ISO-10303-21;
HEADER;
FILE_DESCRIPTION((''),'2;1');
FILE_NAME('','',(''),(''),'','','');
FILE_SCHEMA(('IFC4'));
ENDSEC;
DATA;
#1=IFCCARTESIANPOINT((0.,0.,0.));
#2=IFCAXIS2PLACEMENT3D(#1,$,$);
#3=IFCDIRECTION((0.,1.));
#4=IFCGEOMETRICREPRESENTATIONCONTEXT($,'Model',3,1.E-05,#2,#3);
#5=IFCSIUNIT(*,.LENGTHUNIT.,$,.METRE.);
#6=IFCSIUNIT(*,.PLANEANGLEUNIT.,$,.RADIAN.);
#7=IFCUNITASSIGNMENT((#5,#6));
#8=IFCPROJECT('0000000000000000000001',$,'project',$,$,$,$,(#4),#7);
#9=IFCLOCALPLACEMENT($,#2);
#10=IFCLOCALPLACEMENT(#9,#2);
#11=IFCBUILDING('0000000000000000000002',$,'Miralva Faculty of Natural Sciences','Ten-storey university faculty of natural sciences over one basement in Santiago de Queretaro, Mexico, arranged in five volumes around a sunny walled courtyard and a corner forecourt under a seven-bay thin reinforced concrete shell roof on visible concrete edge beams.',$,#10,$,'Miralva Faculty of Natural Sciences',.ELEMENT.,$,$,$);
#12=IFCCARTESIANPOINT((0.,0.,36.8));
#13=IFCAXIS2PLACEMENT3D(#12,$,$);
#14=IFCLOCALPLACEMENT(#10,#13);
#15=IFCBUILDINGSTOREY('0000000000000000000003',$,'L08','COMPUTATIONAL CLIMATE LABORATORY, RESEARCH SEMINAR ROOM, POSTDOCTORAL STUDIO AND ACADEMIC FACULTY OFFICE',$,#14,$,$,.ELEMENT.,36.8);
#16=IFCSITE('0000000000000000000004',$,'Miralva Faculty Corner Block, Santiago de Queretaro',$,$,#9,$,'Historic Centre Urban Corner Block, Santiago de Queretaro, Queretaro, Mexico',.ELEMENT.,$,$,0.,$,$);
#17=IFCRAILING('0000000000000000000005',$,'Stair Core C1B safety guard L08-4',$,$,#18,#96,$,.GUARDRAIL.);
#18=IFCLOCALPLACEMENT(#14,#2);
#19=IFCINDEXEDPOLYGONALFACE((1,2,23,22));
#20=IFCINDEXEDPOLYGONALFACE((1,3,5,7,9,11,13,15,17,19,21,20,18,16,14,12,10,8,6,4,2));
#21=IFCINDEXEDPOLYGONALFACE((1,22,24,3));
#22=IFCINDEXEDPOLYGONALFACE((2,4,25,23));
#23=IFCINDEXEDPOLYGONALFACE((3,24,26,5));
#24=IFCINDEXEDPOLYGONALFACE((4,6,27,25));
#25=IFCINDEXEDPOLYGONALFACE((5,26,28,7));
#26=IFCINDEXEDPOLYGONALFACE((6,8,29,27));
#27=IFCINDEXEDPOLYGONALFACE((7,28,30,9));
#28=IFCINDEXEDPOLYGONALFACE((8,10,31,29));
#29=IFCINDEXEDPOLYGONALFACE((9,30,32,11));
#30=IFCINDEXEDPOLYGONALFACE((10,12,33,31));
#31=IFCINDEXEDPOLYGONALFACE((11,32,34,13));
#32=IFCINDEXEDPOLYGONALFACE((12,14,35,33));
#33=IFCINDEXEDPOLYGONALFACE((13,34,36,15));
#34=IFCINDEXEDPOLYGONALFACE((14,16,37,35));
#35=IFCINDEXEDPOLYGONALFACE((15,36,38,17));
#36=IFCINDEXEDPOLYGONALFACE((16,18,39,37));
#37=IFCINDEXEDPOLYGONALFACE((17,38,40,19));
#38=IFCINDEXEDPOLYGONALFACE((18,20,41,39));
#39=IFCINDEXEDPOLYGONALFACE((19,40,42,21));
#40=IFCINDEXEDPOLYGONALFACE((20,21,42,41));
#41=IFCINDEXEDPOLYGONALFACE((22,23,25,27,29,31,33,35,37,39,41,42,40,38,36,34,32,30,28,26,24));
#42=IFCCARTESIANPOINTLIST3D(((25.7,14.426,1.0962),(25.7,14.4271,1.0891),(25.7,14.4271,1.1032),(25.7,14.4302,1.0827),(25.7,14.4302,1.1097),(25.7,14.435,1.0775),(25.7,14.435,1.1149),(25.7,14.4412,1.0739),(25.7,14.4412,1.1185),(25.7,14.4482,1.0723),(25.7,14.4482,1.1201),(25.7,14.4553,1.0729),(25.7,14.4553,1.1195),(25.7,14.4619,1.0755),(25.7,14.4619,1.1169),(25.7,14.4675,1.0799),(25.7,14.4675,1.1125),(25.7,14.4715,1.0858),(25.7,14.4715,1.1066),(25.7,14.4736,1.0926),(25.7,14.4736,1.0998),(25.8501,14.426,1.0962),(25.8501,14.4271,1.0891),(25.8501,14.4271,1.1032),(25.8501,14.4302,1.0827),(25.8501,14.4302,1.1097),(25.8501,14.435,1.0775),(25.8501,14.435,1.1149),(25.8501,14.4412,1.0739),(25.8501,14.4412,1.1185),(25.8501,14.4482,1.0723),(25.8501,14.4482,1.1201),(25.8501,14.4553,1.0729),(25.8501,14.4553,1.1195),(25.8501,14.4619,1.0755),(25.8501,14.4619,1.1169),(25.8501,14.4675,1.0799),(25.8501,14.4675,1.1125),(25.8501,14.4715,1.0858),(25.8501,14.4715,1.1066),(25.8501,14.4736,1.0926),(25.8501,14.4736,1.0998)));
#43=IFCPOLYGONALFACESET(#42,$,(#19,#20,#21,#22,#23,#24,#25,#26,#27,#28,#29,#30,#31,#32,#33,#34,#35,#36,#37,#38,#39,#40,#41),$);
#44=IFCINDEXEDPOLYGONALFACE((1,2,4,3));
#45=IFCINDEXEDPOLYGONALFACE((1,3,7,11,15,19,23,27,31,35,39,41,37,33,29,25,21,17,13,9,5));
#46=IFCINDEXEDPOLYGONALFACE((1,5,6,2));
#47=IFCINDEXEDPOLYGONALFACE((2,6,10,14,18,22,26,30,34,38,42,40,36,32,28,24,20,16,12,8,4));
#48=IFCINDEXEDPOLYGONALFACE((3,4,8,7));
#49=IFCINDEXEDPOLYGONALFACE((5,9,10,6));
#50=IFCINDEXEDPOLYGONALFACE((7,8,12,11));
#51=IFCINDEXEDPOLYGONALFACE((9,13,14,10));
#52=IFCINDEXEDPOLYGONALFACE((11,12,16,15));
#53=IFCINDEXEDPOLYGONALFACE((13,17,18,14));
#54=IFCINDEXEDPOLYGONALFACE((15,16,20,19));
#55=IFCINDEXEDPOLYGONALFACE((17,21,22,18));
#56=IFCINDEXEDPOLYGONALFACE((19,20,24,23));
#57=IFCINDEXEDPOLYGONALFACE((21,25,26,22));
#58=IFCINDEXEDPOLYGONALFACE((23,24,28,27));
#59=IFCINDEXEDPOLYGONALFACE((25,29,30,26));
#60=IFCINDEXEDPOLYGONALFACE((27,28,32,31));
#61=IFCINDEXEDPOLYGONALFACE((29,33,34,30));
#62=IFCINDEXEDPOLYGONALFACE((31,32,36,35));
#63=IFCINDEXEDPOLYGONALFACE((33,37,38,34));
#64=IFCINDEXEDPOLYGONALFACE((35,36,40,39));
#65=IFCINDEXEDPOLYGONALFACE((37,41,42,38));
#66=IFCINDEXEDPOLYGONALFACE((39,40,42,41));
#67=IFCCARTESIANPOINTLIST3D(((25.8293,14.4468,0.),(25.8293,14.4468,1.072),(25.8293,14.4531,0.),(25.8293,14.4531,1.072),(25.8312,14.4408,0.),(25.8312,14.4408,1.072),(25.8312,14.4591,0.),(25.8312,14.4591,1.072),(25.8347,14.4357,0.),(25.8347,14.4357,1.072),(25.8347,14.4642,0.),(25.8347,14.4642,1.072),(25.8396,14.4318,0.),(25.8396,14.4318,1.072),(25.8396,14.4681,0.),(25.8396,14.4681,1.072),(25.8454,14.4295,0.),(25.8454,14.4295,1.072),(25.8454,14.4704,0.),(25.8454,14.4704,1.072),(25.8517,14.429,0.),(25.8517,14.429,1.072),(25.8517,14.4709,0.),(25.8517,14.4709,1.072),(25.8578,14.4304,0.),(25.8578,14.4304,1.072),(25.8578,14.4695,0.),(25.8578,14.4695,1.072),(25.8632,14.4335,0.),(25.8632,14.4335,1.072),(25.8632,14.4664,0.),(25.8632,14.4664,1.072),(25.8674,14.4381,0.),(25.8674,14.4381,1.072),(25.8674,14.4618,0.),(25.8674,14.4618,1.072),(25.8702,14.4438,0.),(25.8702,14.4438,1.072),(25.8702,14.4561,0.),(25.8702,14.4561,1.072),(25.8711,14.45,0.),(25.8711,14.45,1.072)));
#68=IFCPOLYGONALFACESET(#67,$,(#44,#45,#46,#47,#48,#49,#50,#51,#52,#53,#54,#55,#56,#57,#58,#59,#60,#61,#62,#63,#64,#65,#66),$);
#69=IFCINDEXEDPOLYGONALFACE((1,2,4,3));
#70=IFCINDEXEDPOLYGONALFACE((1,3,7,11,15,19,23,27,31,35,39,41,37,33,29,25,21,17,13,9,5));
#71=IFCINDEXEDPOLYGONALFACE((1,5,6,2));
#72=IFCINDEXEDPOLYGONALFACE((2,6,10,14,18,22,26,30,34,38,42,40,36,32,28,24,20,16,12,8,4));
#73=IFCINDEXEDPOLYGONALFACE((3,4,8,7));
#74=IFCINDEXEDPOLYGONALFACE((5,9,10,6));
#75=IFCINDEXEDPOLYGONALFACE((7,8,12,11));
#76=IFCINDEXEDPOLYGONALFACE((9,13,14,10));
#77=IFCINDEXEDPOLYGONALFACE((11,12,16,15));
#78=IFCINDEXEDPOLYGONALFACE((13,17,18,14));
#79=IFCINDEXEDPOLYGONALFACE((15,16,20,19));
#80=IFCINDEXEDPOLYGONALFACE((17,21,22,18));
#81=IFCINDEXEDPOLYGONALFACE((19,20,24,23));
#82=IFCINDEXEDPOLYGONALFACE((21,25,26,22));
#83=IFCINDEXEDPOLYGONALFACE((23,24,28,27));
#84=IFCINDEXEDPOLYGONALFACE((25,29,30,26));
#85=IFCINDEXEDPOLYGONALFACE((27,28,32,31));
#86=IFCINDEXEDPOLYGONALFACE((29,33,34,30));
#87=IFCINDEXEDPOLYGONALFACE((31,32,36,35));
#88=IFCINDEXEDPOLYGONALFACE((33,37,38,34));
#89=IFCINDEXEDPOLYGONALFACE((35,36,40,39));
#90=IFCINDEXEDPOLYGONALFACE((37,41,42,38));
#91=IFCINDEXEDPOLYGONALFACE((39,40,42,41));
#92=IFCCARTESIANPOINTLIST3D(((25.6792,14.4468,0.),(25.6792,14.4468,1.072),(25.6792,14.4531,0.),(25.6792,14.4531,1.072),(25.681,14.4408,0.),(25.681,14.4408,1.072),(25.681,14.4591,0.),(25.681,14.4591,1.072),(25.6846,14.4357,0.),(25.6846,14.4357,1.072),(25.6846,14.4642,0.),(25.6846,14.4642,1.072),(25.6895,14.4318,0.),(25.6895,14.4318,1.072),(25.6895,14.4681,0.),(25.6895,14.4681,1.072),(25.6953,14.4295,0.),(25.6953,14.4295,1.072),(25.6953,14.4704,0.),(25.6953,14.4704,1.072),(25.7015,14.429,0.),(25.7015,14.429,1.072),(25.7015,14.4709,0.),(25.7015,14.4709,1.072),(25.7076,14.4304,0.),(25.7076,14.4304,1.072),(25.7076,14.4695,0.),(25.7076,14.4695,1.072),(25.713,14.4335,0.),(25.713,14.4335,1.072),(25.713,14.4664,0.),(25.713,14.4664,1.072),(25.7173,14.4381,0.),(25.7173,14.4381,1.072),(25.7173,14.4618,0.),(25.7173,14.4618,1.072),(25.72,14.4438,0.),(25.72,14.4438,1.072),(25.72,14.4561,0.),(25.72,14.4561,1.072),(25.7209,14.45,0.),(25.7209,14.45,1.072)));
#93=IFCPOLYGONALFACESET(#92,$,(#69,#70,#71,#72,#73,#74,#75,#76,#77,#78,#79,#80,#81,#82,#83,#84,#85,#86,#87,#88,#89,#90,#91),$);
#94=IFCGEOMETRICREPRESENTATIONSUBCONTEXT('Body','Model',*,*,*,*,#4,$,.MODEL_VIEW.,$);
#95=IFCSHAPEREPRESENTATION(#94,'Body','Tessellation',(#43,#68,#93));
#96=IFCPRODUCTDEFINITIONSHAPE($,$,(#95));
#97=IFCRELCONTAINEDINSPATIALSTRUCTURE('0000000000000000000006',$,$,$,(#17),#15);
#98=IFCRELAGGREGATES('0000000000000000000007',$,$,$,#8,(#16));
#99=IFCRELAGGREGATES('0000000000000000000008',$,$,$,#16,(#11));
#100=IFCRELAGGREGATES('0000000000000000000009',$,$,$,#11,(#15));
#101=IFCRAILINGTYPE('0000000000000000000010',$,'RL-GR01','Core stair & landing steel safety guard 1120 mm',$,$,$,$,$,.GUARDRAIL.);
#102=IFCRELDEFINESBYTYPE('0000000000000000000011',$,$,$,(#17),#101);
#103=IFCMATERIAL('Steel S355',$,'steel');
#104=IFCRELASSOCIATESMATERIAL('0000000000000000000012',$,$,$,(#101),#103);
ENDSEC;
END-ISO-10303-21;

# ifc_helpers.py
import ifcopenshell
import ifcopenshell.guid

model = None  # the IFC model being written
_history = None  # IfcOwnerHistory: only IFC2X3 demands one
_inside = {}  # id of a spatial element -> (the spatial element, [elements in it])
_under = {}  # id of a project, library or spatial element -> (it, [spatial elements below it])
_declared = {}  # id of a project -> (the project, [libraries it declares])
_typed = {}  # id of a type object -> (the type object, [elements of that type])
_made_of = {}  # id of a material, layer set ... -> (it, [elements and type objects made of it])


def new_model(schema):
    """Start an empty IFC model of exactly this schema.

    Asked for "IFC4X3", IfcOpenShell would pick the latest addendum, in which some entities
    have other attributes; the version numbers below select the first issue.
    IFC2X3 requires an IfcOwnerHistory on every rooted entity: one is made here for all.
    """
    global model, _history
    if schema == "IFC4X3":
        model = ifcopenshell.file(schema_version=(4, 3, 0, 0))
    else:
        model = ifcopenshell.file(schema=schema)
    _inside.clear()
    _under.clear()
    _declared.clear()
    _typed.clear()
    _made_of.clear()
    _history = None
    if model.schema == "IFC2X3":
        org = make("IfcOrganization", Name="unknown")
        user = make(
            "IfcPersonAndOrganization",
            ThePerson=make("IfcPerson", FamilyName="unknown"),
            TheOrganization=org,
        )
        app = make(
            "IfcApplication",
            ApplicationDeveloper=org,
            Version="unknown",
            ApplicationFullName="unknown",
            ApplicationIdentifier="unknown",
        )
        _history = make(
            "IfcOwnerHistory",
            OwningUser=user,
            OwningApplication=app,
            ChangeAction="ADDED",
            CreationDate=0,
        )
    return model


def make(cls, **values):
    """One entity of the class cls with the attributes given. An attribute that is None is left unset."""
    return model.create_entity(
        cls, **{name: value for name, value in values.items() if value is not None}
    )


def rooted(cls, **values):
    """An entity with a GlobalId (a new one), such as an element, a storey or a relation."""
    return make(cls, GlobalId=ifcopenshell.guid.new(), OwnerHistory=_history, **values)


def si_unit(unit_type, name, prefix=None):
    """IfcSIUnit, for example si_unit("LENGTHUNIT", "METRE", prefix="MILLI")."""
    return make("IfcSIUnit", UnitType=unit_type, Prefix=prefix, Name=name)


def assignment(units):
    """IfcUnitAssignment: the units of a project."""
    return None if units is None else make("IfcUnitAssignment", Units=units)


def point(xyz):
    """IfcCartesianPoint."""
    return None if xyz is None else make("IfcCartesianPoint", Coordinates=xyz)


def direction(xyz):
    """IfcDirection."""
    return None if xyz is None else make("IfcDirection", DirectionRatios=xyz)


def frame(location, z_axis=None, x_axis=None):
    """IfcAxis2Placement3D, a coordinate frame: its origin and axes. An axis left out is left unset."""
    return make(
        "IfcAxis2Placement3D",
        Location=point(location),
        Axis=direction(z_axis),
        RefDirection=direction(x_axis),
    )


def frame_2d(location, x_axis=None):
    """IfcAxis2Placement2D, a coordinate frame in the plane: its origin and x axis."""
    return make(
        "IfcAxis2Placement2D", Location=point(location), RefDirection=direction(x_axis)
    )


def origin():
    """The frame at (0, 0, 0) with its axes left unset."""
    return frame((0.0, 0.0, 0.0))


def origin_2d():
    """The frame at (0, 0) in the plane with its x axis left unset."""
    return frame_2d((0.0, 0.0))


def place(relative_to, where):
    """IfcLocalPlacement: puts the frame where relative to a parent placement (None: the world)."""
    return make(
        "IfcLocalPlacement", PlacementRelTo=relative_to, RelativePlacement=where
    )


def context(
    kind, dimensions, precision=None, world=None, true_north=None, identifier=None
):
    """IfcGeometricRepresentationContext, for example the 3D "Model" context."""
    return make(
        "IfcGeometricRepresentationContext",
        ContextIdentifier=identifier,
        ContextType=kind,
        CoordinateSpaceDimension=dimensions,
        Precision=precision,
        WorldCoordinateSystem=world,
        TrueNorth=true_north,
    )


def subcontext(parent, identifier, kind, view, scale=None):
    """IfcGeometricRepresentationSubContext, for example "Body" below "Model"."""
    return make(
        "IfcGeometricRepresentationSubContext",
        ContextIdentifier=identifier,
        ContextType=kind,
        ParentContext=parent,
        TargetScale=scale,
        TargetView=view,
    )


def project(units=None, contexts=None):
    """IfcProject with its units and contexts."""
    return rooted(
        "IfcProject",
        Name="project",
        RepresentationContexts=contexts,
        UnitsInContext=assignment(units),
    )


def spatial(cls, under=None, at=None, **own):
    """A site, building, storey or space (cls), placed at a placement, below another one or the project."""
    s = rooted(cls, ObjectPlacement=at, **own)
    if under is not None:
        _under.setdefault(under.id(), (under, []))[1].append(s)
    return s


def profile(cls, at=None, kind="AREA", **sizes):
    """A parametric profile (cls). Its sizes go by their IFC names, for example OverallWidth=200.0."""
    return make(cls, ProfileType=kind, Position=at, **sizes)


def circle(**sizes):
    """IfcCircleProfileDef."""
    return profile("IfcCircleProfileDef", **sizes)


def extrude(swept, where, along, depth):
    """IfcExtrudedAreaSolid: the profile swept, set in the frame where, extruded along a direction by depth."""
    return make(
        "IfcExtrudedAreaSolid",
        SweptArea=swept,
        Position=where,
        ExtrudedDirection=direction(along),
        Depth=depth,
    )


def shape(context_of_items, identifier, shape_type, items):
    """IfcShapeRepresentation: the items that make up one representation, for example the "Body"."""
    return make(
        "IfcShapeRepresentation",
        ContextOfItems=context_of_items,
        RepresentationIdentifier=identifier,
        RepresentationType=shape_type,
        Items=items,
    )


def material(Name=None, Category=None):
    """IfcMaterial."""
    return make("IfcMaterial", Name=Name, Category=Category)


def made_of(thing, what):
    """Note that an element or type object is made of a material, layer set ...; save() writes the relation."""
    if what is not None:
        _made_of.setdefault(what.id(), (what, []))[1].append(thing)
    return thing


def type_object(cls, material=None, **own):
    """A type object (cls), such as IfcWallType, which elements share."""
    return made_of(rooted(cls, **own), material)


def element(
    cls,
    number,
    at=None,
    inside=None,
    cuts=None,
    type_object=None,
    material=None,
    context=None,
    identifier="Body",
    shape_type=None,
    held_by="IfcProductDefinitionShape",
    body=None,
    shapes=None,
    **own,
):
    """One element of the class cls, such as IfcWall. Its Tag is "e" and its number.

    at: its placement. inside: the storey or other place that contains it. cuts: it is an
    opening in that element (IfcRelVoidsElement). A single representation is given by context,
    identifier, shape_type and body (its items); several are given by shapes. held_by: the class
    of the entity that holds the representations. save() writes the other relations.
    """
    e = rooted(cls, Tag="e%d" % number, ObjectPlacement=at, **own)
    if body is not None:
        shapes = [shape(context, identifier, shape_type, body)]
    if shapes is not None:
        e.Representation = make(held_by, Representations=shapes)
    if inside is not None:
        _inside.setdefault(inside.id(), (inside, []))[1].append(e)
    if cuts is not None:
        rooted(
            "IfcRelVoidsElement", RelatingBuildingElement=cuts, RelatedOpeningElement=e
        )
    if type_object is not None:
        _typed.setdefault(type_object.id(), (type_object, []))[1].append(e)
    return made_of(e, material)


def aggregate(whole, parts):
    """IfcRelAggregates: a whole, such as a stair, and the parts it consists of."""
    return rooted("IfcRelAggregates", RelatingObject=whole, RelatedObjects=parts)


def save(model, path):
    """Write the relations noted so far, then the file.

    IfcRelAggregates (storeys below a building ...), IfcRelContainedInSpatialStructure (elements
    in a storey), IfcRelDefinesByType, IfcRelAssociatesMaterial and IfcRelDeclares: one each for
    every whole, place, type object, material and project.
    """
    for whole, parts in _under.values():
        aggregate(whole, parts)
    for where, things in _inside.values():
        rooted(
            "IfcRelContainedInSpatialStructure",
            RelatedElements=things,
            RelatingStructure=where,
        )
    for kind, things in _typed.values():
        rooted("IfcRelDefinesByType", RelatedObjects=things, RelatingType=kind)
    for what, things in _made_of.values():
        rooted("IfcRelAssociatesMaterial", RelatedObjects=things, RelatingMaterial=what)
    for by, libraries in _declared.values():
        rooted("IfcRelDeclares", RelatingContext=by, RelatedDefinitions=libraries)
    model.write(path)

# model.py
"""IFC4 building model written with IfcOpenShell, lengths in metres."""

from ifc_helpers import new_model, si_unit, direction, frame, origin, origin_2d, place, context, subcontext, project, spatial, circle, extrude, material, type_object, element, save


model = new_model("IFC4")

# Units and contexts
model_context = context("Model", 3, precision=1e-05, world=origin(), true_north=direction((0.0, 1.0)))
body_context = subcontext(model_context, "Body", "Model", "MODEL_VIEW")
ifc_project = project(units=[si_unit("LENGTHUNIT", "METRE"), si_unit("PLANEANGLEUNIT", "RADIAN")], contexts=[model_context])

# Site, building, storey
site_placement = place(None, origin())
site = spatial("IfcSite", under=ifc_project, at=site_placement, Name="Miralva Faculty Corner Block, Santiago de Queretaro", LongName="Historic Centre Urban Corner Block, Santiago de Queretaro, Queretaro, Mexico", CompositionType="ELEMENT", RefElevation=0.0)
building_placement = place(site_placement, origin())
building = spatial("IfcBuilding", under=site, at=building_placement, Name="Miralva Faculty of Natural Sciences", Description="Ten-storey university faculty of natural sciences over one basement in Santiago de Queretaro, Mexico, arranged in five volumes around a sunny walled courtyard and a corner forecourt under a seven-bay thin reinforced concrete shell roof on visible concrete edge beams.", LongName="Miralva Faculty of Natural Sciences", CompositionType="ELEMENT")
storey_placement = place(building_placement, frame((0.0, 0.0, 36.8)))
storey = spatial("IfcBuildingStorey", under=building, at=storey_placement, Name="L08", Description="COMPUTATIONAL CLIMATE LABORATORY, RESEARCH SEMINAR ROOM, POSTDOCTORAL STUDIO AND ACADEMIC FACULTY OFFICE", CompositionType="ELEMENT", Elevation=36.8)

# Railing
ifc_material_1 = material(Name="Steel S355", Category="steel")
railing_type_1 = type_object("IfcRailingType", Name="RL-GR01", Description="Core stair & landing steel safety guard 1120 mm", PredefinedType="GUARDRAIL", material=ifc_material_1)
railing_1_placement = place(storey_placement, frame((25.8501, 14.45, 0.0)))
element("IfcRailing", 1, at=railing_1_placement, inside=storey, type_object=railing_type_1, Name="Stair Core C1B safety guard L08-4", PredefinedType="GUARDRAIL", context=body_context, shape_type="SweptSolid", body=[
    extrude(circle(Radius=0.0239, at=origin_2d()), frame((0.0, 0.0, 1.0962), z_axis=(-1.0, 0.0, 0.0), x_axis=(0.0, -1.0, 0.0)), (0.0, 0.0, 1.0), 0.1501),
    extrude(circle(Radius=0.021, at=origin_2d()), origin(), (0.0, 0.0, 1.0), 1.072),
    extrude(circle(Radius=0.021, at=origin_2d()), frame((-0.1501, 0.0, 0.0)), (0.0, 0.0, 1.0), 1.072),
])

save(model, "model.ifc")
